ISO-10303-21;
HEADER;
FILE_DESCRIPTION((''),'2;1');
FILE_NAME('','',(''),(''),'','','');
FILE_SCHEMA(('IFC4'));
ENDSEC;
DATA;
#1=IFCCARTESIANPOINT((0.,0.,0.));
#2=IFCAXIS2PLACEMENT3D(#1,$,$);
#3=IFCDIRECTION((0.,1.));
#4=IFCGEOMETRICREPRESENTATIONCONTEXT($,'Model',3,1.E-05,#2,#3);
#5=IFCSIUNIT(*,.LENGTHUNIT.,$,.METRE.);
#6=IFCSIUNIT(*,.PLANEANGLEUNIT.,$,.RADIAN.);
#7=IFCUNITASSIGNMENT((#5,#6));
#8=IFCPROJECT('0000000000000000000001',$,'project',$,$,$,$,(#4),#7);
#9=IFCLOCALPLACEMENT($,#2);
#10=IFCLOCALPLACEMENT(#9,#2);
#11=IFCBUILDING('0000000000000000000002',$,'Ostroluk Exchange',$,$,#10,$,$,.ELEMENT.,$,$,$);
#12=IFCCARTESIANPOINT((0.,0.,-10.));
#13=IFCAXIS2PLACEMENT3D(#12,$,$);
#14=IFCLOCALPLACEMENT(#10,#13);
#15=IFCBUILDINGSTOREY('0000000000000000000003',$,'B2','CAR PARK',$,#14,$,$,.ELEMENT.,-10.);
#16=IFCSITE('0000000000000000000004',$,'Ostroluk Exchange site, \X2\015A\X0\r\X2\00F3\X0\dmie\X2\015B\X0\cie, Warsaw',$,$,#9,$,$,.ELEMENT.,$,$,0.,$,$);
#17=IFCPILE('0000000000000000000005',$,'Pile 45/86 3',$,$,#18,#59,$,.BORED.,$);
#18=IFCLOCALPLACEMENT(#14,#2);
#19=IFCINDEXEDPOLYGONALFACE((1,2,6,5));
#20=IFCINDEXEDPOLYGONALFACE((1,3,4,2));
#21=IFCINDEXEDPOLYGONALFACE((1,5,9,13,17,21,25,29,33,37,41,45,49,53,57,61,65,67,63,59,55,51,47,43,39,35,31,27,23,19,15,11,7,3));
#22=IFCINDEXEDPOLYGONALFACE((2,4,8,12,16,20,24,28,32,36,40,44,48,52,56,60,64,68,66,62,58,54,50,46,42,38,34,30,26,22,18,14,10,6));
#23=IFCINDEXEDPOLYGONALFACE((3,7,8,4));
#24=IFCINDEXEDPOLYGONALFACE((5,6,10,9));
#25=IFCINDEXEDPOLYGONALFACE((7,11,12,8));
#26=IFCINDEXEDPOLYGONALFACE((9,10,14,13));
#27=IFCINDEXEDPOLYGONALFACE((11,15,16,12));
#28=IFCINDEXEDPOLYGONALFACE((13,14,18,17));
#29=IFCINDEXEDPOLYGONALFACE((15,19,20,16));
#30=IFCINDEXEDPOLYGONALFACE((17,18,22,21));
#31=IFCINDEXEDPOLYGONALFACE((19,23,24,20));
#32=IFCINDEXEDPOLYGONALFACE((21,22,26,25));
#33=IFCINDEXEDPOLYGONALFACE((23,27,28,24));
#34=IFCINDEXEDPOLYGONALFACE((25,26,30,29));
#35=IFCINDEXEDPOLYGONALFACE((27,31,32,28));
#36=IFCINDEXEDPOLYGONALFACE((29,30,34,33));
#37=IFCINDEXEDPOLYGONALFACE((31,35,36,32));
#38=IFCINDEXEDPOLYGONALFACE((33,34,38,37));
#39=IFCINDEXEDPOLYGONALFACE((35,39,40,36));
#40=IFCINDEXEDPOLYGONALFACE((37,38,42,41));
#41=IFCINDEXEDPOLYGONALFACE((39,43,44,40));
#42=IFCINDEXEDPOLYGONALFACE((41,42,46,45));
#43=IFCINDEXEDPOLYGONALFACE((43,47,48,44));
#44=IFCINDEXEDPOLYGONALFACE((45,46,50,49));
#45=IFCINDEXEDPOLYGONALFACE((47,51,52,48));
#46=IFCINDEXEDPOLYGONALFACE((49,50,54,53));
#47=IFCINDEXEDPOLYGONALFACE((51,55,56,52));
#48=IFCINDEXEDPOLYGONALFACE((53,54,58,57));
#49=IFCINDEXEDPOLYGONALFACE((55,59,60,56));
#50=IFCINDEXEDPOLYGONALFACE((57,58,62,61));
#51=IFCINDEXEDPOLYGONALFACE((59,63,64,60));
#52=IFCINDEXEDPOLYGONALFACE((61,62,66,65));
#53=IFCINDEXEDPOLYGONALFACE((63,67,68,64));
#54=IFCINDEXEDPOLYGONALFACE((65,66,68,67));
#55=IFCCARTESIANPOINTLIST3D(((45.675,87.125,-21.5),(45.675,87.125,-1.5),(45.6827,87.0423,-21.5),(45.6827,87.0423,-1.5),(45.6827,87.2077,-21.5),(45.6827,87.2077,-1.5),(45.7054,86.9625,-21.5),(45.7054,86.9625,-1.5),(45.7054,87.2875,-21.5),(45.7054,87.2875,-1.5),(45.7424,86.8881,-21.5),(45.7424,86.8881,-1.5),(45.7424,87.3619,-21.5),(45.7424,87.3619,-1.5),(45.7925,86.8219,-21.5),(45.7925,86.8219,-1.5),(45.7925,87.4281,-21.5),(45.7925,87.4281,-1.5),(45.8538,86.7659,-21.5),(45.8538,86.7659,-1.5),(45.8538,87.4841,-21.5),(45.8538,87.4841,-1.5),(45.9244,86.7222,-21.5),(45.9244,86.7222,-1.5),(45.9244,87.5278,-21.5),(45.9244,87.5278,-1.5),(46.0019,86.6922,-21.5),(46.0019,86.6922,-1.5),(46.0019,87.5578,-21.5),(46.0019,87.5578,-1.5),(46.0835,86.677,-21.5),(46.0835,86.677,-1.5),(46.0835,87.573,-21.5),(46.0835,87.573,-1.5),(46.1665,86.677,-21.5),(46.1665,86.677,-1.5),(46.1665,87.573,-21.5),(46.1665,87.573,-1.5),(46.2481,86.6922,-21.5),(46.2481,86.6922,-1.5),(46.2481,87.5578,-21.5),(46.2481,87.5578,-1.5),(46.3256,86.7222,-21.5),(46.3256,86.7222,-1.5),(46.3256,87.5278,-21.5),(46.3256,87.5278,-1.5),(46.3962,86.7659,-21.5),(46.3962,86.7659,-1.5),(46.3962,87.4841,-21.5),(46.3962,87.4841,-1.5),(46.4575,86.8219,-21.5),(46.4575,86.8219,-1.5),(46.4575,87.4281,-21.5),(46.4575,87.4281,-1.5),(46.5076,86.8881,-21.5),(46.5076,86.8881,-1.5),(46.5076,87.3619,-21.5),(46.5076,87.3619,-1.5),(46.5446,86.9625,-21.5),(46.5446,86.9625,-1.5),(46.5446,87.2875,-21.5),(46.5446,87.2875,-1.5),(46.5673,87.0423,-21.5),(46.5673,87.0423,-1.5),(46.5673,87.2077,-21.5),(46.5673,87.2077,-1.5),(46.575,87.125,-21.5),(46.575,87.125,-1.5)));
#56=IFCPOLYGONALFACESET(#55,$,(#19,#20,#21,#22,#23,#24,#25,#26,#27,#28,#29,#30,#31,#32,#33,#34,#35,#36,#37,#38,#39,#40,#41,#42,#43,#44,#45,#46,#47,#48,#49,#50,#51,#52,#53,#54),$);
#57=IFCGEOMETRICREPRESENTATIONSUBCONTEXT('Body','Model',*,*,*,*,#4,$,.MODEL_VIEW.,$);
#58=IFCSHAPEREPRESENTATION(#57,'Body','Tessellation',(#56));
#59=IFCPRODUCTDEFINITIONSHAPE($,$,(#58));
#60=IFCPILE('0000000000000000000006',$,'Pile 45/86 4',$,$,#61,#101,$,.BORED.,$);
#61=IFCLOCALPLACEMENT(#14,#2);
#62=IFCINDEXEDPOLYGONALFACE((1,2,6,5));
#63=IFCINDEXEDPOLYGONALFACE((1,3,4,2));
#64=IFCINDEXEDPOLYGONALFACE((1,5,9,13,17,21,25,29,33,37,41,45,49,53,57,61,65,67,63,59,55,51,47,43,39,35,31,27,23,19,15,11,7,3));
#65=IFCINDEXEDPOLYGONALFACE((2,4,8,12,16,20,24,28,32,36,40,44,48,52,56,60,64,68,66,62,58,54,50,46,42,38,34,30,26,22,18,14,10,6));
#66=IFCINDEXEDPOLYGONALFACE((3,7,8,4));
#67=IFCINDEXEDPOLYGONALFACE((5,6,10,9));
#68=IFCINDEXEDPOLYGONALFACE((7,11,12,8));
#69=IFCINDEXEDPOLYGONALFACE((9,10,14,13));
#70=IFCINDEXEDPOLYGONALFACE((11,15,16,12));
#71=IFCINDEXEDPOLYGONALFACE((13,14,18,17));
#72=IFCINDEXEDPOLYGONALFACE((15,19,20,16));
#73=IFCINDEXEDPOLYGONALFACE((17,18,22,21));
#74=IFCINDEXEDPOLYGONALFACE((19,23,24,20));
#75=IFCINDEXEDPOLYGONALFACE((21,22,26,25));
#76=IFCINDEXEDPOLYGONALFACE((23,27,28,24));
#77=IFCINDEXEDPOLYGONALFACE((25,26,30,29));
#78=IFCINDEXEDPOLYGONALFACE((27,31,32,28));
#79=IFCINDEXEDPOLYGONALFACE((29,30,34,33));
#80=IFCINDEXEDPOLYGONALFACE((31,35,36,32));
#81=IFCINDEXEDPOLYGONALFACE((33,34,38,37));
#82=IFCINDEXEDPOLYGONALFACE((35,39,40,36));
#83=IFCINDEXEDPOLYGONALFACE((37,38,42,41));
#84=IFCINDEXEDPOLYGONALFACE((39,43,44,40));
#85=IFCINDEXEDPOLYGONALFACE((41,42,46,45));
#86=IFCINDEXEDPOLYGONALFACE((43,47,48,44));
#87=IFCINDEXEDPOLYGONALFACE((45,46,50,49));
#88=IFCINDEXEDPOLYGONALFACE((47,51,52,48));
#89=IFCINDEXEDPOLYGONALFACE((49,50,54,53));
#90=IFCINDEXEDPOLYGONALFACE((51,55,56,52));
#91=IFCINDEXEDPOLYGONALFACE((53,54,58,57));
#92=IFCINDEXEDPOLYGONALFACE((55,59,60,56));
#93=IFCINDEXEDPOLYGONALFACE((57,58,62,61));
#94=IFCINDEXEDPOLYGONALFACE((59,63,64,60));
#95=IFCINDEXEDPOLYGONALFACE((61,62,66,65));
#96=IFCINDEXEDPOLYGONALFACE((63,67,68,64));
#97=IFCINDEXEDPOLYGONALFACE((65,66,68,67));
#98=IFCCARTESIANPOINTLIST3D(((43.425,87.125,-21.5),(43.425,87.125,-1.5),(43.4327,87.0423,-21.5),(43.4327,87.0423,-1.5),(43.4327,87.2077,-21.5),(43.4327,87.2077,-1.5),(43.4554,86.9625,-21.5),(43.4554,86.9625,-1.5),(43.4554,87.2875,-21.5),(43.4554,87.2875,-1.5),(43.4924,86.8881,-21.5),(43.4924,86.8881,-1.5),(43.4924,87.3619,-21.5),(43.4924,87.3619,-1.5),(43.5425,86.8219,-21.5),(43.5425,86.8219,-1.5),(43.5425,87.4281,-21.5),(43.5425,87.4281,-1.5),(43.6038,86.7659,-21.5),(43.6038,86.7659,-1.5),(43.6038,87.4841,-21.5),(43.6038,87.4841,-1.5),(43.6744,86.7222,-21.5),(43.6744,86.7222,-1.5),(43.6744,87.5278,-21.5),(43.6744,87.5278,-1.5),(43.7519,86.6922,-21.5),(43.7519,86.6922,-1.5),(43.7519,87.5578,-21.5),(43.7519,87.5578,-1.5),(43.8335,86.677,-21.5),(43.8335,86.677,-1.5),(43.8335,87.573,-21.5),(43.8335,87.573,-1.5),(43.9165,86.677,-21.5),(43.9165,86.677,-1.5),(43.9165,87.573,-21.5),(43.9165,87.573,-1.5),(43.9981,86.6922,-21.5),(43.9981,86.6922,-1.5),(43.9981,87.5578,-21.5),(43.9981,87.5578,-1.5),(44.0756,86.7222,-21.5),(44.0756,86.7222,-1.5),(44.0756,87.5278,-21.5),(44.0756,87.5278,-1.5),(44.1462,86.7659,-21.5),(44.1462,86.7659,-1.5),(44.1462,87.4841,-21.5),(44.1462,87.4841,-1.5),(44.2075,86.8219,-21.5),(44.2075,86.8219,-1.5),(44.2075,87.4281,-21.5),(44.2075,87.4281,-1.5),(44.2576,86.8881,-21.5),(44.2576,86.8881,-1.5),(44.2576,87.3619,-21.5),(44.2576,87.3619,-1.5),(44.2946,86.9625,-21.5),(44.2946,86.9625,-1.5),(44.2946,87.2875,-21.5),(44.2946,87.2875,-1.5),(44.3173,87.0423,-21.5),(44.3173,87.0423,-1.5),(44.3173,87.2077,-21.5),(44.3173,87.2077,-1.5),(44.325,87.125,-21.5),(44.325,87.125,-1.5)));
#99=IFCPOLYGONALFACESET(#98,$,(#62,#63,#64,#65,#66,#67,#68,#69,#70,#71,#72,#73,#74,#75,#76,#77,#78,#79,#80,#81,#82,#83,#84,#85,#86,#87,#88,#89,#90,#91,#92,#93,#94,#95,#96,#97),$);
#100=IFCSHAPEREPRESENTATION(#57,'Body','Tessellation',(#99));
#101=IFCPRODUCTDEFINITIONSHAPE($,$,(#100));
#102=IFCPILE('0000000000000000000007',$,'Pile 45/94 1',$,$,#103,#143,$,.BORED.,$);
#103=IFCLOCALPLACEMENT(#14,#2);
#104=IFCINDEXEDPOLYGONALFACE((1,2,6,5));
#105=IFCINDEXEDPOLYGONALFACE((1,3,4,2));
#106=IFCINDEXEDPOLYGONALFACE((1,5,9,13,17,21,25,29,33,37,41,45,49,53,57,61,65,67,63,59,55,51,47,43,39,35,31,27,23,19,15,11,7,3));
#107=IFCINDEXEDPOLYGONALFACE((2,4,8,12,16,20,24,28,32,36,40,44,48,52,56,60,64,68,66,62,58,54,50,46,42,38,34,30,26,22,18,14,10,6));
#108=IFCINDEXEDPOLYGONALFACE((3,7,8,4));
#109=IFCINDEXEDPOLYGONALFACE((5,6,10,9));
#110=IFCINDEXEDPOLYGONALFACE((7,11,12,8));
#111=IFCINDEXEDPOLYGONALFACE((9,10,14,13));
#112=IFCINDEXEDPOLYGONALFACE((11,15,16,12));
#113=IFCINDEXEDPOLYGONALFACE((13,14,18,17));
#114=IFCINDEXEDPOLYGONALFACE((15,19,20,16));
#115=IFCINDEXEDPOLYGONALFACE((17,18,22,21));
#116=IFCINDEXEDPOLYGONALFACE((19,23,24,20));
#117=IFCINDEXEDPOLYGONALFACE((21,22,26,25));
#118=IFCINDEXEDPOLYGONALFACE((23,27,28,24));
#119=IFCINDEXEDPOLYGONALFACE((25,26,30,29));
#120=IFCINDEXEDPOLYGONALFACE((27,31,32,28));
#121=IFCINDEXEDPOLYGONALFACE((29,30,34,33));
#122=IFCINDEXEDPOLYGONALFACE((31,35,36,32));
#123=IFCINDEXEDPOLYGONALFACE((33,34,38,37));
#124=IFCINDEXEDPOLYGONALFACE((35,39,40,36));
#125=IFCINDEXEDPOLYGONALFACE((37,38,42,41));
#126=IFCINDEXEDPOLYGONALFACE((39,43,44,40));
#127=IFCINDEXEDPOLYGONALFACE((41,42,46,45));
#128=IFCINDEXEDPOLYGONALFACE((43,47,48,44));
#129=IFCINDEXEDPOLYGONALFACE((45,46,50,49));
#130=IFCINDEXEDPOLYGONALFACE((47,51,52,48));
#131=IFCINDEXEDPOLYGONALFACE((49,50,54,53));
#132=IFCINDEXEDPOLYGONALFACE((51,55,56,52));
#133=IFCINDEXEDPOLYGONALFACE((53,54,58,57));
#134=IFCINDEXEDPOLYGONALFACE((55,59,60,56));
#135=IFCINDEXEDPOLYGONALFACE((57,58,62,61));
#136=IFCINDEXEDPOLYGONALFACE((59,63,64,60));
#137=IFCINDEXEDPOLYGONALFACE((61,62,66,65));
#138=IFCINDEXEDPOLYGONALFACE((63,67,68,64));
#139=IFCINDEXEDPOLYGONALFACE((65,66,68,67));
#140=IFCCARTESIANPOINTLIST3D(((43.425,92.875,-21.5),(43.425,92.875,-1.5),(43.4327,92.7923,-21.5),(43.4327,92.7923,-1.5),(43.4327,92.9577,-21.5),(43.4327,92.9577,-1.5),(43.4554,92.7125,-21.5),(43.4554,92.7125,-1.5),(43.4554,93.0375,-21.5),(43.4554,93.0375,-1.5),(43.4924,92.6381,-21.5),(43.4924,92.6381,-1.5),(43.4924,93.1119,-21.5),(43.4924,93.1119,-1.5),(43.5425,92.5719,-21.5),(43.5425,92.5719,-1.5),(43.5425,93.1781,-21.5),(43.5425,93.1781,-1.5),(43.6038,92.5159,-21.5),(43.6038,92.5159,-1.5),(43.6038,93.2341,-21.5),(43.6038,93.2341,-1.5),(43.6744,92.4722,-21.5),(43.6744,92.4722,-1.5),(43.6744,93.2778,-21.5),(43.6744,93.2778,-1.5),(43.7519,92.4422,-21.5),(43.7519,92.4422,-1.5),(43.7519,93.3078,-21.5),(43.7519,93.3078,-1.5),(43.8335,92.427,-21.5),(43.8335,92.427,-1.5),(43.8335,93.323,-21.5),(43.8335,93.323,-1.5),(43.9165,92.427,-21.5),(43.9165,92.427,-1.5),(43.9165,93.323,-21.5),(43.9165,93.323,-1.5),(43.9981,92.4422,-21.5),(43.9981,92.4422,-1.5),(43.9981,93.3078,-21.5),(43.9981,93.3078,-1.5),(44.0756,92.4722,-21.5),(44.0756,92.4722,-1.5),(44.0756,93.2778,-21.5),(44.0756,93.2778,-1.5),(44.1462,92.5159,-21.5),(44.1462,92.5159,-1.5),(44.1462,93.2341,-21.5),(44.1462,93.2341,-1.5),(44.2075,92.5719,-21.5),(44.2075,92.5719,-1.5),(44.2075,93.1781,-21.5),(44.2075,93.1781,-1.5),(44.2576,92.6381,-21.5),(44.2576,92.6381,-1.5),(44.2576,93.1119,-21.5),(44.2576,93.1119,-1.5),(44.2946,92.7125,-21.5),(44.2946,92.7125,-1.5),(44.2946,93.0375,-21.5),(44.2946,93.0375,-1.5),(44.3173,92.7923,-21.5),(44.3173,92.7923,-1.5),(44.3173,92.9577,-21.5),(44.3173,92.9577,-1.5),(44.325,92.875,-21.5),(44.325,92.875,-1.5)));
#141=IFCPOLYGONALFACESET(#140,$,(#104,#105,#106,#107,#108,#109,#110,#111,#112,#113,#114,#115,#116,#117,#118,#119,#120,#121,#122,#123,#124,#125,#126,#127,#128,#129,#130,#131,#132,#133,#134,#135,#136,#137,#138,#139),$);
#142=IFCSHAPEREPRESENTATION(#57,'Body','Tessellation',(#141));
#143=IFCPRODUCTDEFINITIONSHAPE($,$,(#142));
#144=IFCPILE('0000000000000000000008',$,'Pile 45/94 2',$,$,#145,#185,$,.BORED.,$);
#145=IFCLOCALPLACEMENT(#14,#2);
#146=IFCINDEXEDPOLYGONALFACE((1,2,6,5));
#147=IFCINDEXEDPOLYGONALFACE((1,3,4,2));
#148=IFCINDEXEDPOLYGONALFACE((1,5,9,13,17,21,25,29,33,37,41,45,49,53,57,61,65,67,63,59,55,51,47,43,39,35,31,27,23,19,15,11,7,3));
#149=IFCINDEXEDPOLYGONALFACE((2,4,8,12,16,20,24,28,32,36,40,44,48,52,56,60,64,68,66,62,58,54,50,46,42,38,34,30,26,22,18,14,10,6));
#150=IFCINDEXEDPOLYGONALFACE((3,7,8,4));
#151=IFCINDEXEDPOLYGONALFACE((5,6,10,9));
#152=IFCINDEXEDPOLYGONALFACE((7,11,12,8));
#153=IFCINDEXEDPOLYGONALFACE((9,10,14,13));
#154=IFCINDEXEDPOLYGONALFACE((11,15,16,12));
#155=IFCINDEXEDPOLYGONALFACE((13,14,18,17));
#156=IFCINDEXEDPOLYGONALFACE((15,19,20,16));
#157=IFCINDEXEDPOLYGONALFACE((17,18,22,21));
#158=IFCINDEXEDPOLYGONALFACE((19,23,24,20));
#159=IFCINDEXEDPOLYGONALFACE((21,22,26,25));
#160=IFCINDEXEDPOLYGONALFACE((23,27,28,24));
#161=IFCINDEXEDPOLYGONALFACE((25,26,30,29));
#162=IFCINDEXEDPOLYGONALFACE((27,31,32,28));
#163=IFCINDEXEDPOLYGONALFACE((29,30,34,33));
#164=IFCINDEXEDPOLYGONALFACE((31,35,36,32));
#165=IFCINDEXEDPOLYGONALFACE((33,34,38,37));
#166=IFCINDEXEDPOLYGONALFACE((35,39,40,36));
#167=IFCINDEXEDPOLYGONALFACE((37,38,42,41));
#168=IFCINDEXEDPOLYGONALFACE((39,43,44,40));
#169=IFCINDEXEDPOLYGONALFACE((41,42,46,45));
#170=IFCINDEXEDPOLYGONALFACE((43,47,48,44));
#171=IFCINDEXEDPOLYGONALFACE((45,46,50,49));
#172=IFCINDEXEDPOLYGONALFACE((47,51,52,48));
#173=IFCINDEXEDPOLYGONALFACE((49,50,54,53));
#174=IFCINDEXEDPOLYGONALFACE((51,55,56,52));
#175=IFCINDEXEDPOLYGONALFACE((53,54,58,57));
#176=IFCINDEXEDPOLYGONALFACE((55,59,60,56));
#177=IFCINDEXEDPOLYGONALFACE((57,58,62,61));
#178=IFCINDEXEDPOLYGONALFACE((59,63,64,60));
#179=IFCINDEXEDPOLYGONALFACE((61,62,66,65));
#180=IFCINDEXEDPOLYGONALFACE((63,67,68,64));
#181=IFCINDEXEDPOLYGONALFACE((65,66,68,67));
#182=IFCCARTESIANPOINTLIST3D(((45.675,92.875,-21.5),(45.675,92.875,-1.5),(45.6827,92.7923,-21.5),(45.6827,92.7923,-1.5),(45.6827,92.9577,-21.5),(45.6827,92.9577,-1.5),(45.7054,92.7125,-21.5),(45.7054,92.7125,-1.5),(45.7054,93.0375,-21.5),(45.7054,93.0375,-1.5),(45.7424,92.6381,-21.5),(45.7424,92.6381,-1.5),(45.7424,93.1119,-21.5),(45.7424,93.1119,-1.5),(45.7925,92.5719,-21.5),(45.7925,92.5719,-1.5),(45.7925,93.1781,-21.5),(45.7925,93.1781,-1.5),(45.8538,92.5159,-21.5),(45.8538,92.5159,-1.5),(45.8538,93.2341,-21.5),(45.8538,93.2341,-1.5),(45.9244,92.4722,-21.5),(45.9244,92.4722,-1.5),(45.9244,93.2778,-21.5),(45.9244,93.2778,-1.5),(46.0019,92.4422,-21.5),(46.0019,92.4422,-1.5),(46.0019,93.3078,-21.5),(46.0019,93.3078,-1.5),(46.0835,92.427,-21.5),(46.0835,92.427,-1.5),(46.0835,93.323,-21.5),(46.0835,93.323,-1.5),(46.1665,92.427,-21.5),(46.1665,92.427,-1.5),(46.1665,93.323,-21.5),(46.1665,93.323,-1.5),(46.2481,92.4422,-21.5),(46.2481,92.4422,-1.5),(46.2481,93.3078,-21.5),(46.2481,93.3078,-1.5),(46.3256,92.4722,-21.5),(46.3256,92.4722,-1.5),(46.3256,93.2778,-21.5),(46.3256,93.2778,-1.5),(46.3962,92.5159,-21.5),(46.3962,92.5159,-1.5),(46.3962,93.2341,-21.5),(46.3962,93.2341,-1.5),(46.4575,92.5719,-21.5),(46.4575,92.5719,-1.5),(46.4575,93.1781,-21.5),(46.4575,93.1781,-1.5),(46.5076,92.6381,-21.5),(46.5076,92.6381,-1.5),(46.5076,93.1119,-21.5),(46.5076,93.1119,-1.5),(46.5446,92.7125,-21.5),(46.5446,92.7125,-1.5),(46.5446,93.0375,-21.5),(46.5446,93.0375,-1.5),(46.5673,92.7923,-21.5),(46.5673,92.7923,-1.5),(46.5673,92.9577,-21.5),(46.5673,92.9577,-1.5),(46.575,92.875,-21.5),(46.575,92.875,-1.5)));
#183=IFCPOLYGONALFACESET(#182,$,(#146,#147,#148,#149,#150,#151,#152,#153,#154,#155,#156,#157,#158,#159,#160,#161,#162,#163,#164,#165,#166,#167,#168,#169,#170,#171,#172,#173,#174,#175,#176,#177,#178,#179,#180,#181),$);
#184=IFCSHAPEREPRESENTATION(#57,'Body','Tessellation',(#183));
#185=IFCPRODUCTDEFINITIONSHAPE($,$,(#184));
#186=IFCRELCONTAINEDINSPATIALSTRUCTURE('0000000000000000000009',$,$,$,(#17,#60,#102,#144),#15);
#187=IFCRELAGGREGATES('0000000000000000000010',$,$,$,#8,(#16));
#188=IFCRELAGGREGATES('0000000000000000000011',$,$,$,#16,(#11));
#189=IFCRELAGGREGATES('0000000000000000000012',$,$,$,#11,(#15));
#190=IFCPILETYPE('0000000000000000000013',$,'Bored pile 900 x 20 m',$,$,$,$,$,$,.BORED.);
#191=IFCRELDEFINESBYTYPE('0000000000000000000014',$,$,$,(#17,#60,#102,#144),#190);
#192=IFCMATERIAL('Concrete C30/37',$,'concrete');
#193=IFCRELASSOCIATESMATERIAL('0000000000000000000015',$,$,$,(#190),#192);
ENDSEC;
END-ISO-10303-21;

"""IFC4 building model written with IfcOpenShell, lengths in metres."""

from ifc_helpers import new_model, si_unit, direction, frame, origin, origin_2d, place, context, subcontext, project, spatial, circle, extrude, material, type_object, element, save


model = new_model("IFC4")

# Units and contexts
model_context = context("Model", 3, precision=1e-05, world=origin(), true_north=direction((0.0, 1.0)))
body_context = subcontext(model_context, "Body", "Model", "MODEL_VIEW")
ifc_project = project(units=[si_unit("LENGTHUNIT", "METRE"), si_unit("PLANEANGLEUNIT", "RADIAN")], contexts=[model_context])

# Site, building, storey
site_placement = place(None, origin())
site = spatial("IfcSite", under=ifc_project, at=site_placement, Name="Ostroluk Exchange site, Śródmieście, Warsaw", CompositionType="ELEMENT", RefElevation=0.0)
building_placement = place(site_placement, origin())
building = spatial("IfcBuilding", under=site, at=building_placement, Name="Ostroluk Exchange", CompositionType="ELEMENT")
storey_placement = place(building_placement, frame((0.0, 0.0, -10.0)))
storey = spatial("IfcBuildingStorey", under=building, at=storey_placement, Name="B2", Description="CAR PARK", CompositionType="ELEMENT", Elevation=-10.0)

# Piles
ifc_material_1 = material(Name="Concrete C30/37", Category="concrete")
pile_type = type_object("IfcPileType", Name="Bored pile 900 x 20 m", PredefinedType="BORED", material=ifc_material_1)
for number, where, z_axis, x_axis, name in (
    (1, (46.125, 87.125, -1.5), (0.0, 0.0, -1.0), (1.0, 0.0, 0.0), "Pile 45/86 3"),
    (2, (43.875, 87.125, -1.5), (0.0, 0.0, -1.0), (1.0, 0.0, 0.0), "Pile 45/86 4"),
    (3, (43.875, 92.875, -1.5), (0.0, 0.0, -1.0), (1.0, 0.0, 0.0), "Pile 45/94 1"),
    (4, (46.125, 92.875, -1.5), (0.0, 0.0, -1.0), (1.0, 0.0, 0.0), "Pile 45/94 2"),
):
    element("IfcPile", number, at=place(storey_placement, frame(where, z_axis=z_axis, x_axis=x_axis)), inside=storey, type_object=pile_type, Name=name, PredefinedType="BORED", context=body_context, shape_type="SweptSolid", body=[
        extrude(circle(Radius=0.45, at=origin_2d()), origin(), (0.0, 0.0, 1.0), 20.0),
    ])

save(model, "model.ifc")
